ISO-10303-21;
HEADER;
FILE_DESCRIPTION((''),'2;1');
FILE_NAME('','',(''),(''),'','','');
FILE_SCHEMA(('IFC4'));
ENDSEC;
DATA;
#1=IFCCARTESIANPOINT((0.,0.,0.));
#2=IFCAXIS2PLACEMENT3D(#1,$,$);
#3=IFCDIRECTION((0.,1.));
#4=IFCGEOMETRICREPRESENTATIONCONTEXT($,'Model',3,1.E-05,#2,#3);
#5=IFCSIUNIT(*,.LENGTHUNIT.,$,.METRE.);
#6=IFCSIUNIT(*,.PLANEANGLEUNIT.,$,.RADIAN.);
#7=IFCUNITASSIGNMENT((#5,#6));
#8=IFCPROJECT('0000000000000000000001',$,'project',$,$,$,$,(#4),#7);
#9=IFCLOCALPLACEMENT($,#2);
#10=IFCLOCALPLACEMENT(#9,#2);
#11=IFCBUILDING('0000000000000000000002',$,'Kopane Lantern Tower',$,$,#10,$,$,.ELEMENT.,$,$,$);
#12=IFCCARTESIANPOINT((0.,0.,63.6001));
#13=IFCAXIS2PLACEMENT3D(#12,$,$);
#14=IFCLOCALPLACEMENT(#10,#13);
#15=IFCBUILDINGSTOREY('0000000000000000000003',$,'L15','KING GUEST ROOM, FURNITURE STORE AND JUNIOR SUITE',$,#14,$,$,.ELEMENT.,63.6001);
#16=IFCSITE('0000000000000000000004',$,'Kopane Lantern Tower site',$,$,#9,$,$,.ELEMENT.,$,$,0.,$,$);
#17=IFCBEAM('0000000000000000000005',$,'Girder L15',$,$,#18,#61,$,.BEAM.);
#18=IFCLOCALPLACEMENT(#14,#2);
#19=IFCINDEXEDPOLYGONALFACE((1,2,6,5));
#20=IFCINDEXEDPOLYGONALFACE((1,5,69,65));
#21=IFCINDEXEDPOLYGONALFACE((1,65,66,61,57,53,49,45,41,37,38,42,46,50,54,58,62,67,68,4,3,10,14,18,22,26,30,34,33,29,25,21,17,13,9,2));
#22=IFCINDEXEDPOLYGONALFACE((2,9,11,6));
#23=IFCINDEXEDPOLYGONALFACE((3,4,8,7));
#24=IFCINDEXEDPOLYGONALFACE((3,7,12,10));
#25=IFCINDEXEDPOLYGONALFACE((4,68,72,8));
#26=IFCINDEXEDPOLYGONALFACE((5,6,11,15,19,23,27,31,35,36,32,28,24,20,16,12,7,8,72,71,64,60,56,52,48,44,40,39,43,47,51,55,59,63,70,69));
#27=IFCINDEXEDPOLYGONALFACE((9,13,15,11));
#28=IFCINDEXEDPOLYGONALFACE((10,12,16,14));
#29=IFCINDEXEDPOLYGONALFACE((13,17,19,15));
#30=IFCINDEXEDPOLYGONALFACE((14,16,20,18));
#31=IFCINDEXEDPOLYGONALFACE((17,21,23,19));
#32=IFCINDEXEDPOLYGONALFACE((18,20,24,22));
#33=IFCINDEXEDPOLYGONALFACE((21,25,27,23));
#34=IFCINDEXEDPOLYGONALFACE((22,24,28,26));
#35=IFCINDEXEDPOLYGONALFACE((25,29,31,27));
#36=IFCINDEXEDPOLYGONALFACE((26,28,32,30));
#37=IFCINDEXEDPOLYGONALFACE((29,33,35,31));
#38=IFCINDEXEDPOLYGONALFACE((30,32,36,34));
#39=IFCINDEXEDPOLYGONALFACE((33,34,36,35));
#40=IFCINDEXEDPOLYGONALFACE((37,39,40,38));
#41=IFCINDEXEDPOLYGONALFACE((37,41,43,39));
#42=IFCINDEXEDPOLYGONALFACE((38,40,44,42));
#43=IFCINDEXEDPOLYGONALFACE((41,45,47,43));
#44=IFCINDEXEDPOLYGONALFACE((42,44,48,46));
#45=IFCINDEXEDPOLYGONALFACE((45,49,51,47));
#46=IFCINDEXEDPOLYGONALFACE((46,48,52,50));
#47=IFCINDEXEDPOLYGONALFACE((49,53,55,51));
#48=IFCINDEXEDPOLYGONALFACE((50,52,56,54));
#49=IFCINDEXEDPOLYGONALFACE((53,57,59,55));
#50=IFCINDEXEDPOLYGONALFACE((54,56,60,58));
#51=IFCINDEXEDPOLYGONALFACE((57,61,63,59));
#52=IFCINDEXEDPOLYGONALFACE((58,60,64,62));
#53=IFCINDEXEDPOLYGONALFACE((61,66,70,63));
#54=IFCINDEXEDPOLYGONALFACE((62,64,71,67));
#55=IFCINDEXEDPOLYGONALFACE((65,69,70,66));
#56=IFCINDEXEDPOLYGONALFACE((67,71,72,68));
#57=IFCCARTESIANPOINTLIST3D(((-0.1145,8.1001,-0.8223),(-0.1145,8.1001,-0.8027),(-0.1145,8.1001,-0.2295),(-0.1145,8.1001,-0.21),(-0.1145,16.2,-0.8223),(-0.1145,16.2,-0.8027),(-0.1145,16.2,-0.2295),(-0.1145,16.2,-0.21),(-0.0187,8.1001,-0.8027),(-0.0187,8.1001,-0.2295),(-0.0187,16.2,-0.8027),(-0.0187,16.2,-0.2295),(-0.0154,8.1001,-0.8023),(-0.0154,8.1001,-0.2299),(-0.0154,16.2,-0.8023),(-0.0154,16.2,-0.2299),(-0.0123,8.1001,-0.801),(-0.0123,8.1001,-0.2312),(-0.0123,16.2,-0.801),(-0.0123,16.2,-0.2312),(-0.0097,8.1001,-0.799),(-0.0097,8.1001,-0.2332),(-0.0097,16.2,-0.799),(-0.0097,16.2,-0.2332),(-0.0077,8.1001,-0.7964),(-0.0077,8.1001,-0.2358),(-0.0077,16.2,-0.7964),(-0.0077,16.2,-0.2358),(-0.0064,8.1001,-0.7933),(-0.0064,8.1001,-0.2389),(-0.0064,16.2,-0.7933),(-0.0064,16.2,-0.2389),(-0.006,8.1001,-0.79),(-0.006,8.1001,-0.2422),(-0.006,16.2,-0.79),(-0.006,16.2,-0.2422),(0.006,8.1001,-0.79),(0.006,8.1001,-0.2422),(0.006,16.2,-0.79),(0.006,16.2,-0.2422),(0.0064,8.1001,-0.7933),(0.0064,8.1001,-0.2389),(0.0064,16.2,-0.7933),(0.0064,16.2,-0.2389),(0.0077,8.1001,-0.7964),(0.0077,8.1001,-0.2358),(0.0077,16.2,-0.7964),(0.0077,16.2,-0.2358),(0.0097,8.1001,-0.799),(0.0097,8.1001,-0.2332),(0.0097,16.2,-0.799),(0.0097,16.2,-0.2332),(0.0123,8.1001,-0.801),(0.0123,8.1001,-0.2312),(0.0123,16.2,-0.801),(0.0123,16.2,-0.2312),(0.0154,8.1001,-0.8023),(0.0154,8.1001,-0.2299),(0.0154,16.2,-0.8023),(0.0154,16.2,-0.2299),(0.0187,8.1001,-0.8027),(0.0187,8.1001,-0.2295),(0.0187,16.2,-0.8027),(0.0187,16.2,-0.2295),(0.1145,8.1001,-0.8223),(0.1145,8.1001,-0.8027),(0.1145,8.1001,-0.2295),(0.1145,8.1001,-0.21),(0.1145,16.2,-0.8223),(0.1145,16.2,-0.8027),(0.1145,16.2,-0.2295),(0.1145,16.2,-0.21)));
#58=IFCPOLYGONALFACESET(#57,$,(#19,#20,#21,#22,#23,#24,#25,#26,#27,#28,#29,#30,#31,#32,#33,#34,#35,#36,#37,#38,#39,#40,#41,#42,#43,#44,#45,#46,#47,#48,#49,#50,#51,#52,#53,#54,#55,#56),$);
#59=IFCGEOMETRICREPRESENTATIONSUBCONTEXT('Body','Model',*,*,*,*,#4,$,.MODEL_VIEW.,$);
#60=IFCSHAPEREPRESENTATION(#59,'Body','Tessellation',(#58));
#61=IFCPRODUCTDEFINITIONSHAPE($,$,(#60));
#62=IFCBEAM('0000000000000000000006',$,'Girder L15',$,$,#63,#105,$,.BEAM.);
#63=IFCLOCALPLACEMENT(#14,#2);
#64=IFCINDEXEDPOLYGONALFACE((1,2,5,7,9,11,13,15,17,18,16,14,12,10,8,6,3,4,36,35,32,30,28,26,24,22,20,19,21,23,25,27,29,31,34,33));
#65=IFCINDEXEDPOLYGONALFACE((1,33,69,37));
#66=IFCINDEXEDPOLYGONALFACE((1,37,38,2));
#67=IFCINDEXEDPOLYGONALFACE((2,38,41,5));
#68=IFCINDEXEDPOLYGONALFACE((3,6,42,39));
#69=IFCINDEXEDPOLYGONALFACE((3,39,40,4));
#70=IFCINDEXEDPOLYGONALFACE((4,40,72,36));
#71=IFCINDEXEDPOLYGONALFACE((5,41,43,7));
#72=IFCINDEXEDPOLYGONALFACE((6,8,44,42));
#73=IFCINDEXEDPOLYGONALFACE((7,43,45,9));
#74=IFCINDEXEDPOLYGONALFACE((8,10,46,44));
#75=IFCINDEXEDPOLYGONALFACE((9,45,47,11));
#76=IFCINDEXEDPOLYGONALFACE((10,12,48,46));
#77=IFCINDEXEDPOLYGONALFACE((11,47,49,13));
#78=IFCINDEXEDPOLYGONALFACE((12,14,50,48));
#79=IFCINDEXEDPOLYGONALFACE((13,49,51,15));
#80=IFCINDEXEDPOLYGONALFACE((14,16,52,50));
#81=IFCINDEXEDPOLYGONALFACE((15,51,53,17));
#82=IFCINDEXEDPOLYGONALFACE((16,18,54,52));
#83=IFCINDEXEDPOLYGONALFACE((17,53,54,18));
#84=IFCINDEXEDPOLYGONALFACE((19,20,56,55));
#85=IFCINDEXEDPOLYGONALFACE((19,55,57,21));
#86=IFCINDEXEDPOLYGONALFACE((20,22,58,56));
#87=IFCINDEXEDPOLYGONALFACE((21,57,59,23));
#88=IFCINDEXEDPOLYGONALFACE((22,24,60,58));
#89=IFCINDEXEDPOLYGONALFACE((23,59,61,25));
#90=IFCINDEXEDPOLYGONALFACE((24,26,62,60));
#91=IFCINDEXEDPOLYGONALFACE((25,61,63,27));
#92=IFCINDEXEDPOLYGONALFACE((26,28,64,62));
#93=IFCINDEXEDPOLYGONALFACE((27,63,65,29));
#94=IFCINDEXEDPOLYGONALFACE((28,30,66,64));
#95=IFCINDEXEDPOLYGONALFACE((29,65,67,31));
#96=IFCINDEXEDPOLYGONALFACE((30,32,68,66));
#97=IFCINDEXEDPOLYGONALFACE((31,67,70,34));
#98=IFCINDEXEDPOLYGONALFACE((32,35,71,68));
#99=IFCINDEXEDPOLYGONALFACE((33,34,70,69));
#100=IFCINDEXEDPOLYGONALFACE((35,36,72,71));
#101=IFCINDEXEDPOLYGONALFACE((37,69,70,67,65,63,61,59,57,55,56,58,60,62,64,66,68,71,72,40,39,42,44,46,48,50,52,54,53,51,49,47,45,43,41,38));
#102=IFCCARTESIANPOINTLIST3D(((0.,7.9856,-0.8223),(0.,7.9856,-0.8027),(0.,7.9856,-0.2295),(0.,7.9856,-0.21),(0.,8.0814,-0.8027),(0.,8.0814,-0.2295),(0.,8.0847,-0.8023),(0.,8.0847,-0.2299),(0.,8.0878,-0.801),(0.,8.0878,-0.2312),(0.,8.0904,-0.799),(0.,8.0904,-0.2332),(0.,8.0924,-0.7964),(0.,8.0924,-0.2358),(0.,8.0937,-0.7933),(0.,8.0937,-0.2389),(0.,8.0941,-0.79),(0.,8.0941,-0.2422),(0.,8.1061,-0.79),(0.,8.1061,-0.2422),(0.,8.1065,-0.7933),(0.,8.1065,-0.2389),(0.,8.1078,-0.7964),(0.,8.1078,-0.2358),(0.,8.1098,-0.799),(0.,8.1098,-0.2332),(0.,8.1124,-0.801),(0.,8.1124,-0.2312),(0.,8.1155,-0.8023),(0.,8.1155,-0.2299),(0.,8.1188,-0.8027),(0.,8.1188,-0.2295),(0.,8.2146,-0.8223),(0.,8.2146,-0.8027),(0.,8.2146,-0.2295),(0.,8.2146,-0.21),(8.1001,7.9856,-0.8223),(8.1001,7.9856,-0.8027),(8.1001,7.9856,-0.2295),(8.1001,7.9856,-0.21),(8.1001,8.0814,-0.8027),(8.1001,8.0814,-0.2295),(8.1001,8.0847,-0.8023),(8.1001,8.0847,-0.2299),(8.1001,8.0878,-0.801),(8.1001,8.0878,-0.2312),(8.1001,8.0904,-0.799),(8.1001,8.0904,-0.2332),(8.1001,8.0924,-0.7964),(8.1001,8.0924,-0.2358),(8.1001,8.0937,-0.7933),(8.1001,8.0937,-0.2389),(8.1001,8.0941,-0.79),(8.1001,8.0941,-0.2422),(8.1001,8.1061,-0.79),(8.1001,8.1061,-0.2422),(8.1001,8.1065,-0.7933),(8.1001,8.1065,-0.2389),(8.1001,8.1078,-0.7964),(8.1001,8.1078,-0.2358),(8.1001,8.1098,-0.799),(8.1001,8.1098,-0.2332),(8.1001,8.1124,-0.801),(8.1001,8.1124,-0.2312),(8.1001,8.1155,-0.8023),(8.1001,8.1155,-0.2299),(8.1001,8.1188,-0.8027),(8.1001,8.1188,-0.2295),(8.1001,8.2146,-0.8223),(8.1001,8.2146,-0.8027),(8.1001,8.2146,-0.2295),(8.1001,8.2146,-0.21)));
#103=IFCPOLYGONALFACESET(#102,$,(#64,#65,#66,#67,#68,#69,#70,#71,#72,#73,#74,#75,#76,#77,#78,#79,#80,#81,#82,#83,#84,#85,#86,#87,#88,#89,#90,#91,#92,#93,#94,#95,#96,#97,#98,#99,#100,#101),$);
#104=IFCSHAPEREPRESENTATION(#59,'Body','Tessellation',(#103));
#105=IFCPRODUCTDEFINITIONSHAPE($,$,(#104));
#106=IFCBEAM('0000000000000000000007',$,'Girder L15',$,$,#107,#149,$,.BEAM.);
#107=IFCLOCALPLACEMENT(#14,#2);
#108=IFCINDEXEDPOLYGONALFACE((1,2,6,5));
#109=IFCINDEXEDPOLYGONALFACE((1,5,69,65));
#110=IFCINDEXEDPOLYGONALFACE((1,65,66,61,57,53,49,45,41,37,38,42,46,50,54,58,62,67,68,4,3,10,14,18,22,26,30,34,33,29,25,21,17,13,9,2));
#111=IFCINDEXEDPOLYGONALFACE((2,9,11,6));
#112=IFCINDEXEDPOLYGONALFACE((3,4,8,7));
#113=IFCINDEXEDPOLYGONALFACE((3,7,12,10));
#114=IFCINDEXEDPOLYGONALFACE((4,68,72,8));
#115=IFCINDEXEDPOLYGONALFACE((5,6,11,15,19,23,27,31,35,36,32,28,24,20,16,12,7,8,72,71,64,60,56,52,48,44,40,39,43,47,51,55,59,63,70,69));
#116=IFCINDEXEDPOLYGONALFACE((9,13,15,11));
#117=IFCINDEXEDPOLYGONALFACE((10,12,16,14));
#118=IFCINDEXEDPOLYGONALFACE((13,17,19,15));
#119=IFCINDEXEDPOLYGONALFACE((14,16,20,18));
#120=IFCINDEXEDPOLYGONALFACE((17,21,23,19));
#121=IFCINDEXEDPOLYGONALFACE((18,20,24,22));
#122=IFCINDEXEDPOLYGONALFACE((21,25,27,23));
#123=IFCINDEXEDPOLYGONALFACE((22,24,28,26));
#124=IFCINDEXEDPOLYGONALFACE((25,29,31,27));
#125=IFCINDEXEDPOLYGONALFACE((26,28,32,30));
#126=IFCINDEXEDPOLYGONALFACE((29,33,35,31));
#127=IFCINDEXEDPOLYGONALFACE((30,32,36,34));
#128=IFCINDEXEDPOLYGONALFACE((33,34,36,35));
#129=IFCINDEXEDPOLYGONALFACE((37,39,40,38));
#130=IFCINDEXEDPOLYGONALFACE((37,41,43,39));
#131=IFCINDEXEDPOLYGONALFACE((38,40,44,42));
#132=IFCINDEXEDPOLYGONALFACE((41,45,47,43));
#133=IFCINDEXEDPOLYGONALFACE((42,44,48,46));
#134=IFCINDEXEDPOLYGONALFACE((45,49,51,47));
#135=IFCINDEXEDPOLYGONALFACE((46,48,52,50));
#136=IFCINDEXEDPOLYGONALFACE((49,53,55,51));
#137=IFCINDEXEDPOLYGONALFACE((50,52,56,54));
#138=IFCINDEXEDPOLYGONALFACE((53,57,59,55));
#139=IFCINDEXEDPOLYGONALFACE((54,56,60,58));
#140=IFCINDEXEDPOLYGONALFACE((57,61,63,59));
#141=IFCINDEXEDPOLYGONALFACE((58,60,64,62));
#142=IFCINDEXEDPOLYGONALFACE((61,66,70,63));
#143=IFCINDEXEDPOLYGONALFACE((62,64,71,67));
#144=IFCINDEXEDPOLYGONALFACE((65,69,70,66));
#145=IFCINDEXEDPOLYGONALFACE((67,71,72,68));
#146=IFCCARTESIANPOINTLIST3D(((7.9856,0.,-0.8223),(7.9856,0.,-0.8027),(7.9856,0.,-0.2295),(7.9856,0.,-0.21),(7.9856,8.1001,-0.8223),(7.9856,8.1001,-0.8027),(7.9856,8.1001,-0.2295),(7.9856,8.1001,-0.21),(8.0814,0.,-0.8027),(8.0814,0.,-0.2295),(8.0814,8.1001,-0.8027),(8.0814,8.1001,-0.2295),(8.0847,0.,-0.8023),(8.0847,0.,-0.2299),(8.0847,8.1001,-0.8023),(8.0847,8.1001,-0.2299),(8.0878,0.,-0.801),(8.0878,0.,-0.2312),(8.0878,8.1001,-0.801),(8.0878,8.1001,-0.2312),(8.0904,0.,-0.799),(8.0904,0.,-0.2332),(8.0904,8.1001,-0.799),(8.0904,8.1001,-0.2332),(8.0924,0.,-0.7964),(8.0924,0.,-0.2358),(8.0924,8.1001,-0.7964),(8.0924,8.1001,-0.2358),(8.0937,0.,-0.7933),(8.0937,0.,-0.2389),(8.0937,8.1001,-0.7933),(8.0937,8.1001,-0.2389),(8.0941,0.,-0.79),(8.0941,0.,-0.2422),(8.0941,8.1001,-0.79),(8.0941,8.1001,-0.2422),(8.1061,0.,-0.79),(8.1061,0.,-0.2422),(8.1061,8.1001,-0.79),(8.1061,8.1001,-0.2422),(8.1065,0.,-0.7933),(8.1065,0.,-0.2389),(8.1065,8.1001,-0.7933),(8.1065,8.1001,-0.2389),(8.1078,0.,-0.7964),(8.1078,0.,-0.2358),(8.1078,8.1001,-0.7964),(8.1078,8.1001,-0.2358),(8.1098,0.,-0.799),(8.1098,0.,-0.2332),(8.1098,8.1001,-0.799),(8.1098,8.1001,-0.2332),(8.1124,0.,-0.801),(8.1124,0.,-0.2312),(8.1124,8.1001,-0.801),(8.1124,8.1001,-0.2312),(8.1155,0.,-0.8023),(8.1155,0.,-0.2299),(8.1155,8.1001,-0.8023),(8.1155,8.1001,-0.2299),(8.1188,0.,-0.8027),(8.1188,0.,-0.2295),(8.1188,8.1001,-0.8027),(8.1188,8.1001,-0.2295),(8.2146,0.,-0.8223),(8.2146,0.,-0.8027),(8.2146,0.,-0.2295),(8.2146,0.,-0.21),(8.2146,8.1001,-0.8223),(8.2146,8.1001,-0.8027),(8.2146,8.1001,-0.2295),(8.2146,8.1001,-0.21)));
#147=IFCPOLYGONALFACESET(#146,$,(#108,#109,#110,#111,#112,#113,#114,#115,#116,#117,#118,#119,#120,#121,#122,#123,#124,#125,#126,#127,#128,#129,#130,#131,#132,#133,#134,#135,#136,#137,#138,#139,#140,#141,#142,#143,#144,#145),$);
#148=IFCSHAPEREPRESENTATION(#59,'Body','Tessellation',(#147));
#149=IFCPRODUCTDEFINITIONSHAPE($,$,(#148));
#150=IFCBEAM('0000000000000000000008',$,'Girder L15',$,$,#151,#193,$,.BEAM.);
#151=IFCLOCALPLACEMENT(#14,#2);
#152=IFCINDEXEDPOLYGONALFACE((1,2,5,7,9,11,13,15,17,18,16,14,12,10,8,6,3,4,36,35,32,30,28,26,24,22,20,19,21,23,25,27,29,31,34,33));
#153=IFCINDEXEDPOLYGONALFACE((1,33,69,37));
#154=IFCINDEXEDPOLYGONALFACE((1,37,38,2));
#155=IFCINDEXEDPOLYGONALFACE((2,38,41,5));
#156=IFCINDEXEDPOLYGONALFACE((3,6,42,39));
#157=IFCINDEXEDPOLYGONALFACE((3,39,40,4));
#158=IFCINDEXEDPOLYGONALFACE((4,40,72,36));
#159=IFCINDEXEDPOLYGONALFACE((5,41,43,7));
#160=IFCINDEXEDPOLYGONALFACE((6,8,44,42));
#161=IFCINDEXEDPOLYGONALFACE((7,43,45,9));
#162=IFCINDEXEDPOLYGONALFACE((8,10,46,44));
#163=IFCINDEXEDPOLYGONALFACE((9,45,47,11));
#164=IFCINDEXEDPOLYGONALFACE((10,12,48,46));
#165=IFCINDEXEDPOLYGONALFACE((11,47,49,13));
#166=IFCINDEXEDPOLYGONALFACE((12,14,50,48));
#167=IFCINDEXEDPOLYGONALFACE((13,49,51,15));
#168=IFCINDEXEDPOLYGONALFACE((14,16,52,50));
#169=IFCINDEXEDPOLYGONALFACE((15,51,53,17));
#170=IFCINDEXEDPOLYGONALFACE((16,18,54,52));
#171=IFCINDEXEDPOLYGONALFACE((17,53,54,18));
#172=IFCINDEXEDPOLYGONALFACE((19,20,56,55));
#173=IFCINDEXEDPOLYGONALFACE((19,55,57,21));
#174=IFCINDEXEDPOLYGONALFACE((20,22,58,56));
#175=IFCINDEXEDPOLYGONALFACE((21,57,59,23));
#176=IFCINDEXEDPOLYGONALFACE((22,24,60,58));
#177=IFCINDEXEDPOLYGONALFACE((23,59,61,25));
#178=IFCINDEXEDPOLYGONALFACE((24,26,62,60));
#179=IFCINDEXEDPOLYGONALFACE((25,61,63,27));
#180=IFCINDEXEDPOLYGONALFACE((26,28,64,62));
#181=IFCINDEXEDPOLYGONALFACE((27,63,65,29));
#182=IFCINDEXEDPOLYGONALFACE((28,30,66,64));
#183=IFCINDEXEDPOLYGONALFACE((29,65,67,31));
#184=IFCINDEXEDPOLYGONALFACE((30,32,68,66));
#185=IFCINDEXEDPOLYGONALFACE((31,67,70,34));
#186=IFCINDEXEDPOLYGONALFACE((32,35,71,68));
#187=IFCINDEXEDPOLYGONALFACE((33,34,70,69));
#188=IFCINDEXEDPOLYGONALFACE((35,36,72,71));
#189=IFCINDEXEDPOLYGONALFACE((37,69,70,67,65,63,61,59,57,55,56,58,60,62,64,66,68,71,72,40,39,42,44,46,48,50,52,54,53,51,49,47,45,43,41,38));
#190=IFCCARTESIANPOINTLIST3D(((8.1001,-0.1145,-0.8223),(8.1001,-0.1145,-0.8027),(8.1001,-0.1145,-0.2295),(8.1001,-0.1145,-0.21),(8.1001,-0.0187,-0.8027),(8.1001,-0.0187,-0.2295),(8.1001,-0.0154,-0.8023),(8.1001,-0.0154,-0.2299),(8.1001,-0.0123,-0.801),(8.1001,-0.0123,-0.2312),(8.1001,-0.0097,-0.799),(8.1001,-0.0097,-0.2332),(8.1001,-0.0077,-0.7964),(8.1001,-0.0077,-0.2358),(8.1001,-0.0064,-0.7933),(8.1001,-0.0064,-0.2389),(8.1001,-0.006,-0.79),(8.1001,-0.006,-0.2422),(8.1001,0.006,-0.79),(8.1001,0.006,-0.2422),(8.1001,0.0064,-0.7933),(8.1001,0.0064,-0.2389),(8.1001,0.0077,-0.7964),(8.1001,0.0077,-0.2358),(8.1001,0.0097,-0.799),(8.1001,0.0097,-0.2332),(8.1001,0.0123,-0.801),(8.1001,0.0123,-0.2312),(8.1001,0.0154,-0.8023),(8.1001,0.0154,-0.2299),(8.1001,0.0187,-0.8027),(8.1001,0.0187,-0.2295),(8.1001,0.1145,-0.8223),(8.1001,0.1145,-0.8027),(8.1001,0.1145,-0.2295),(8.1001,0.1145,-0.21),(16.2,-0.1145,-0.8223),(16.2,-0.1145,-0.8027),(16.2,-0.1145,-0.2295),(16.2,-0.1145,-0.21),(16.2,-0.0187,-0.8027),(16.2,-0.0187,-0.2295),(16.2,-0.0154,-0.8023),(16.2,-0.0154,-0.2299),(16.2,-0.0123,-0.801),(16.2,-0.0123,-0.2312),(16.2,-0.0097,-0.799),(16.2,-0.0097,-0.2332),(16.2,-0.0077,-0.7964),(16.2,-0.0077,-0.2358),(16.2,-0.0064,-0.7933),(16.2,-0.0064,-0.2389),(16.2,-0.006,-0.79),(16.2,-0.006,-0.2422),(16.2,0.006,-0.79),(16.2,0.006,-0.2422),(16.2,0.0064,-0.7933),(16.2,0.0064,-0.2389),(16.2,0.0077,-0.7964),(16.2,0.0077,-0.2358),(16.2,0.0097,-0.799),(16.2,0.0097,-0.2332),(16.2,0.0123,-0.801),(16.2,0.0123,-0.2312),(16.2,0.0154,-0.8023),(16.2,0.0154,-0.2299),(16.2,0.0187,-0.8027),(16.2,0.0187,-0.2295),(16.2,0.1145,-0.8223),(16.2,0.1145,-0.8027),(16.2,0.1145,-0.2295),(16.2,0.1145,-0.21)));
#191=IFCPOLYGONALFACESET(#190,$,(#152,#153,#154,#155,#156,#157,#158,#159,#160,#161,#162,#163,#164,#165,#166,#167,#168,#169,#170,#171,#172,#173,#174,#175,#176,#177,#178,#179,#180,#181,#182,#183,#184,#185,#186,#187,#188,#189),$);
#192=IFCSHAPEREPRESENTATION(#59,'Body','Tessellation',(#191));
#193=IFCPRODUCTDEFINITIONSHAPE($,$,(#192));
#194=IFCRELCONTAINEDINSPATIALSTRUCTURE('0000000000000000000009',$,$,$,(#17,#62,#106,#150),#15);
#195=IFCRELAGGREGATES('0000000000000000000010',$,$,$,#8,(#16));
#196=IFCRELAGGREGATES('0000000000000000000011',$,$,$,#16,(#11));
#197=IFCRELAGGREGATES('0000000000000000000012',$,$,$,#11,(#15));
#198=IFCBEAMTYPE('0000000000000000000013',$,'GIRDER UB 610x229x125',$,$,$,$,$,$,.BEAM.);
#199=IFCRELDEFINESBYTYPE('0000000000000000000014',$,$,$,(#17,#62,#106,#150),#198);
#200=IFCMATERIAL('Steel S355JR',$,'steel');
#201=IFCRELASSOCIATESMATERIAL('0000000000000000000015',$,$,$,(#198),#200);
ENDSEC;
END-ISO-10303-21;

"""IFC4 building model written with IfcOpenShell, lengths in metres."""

from ifc_helpers import new_model, si_unit, direction, frame, origin, origin_2d, place, context, subcontext, project, spatial, i_section, extrude, material, material_profile, profile_set, type_object, element, save


model = new_model("IFC4")

# Units and contexts
model_context = context("Model", 3, precision=1e-05, world=origin(), true_north=direction((0.0, 1.0)))
body_context = subcontext(model_context, "Body", "Model", "MODEL_VIEW")
ifc_project = project(units=[si_unit("LENGTHUNIT", "METRE"), si_unit("PLANEANGLEUNIT", "RADIAN")], contexts=[model_context])

# Site, building, storey
site_placement = place(None, origin())
site = spatial("IfcSite", under=ifc_project, at=site_placement, Name="Kopane Lantern Tower site", CompositionType="ELEMENT", RefElevation=0.0)
building_placement = place(site_placement, origin())
building = spatial("IfcBuilding", under=site, at=building_placement, Name="Kopane Lantern Tower", CompositionType="ELEMENT")
storey_placement = place(building_placement, frame((0.0, 0.0, 63.6001)))
storey = spatial("IfcBuildingStorey", under=building, at=storey_placement, Name="L15", Description="KING GUEST ROOM, FURNITURE STORE AND JUNIOR SUITE", CompositionType="ELEMENT", Elevation=63.6001)

# Beams
ifc_material_1 = material(Name="Steel S355JR", Category="steel")
ifc_material_profile_1 = material_profile(ifc_material_1, i_section(OverallWidth=0.229, OverallDepth=0.6123, WebThickness=0.012, FlangeThickness=0.0195, FilletRadius=0.0127, at=origin_2d()), Name="UB 610x229x125")
ifc_profile_set_1 = profile_set([ifc_material_profile_1], Name="Steel S355JR")
beam_type_1 = type_object("IfcBeamType", Name="GIRDER UB 610x229x125", PredefinedType="BEAM", material=ifc_profile_set_1)
beam_1_placement = place(storey_placement, frame((0.0, 8.1001, -0.5161), z_axis=(0.0, 1.0, 0.0), x_axis=(-1.0, 0.0, 0.0)))
element("IfcBeam", 1, at=beam_1_placement, inside=storey, type_object=beam_type_1, Name="Girder L15", PredefinedType="BEAM", context=body_context, shape_type="SweptSolid", body=[
    extrude(i_section(OverallWidth=0.229, OverallDepth=0.6123, WebThickness=0.012, FlangeThickness=0.0195, FilletRadius=0.0127, at=origin_2d()), origin(), (0.0, 0.0, 1.0), 8.0999),
])
for number, where, z_axis, x_axis, name in (
    (2, (0.0, 8.1001, -0.5161), (1.0, 0.0, 0.0), (0.0, 1.0, 0.0), "Girder L15"),
    (3, (8.1001, 0.0, -0.5161), (0.0, 1.0, 0.0), (-1.0, 0.0, 0.0), "Girder L15"),
):
    element("IfcBeam", number, at=place(storey_placement, frame(where, z_axis=z_axis, x_axis=x_axis)), inside=storey, type_object=beam_type_1, Name=name, PredefinedType="BEAM", context=body_context, shape_type="SweptSolid", body=[
        extrude(i_section(OverallWidth=0.229, OverallDepth=0.6123, WebThickness=0.012, FlangeThickness=0.0195, FilletRadius=0.0127, at=origin_2d()), origin(), (0.0, 0.0, 1.0), 8.1001),
    ])
for number, where, z_axis, x_axis, name in (
    (4, (8.1001, 0.0, -0.5161), (1.0, 0.0, 0.0), (0.0, 1.0, 0.0), "Girder L15"),
):
    element("IfcBeam", number, at=place(storey_placement, frame(where, z_axis=z_axis, x_axis=x_axis)), inside=storey, type_object=beam_type_1, Name=name, PredefinedType="BEAM", context=body_context, shape_type="SweptSolid", body=[
        extrude(i_section(OverallWidth=0.229, OverallDepth=0.6123, WebThickness=0.012, FlangeThickness=0.0195, FilletRadius=0.0127, at=origin_2d()), origin(), (0.0, 0.0, 1.0), 8.0999),
    ])

save(model, "model.ifc")
